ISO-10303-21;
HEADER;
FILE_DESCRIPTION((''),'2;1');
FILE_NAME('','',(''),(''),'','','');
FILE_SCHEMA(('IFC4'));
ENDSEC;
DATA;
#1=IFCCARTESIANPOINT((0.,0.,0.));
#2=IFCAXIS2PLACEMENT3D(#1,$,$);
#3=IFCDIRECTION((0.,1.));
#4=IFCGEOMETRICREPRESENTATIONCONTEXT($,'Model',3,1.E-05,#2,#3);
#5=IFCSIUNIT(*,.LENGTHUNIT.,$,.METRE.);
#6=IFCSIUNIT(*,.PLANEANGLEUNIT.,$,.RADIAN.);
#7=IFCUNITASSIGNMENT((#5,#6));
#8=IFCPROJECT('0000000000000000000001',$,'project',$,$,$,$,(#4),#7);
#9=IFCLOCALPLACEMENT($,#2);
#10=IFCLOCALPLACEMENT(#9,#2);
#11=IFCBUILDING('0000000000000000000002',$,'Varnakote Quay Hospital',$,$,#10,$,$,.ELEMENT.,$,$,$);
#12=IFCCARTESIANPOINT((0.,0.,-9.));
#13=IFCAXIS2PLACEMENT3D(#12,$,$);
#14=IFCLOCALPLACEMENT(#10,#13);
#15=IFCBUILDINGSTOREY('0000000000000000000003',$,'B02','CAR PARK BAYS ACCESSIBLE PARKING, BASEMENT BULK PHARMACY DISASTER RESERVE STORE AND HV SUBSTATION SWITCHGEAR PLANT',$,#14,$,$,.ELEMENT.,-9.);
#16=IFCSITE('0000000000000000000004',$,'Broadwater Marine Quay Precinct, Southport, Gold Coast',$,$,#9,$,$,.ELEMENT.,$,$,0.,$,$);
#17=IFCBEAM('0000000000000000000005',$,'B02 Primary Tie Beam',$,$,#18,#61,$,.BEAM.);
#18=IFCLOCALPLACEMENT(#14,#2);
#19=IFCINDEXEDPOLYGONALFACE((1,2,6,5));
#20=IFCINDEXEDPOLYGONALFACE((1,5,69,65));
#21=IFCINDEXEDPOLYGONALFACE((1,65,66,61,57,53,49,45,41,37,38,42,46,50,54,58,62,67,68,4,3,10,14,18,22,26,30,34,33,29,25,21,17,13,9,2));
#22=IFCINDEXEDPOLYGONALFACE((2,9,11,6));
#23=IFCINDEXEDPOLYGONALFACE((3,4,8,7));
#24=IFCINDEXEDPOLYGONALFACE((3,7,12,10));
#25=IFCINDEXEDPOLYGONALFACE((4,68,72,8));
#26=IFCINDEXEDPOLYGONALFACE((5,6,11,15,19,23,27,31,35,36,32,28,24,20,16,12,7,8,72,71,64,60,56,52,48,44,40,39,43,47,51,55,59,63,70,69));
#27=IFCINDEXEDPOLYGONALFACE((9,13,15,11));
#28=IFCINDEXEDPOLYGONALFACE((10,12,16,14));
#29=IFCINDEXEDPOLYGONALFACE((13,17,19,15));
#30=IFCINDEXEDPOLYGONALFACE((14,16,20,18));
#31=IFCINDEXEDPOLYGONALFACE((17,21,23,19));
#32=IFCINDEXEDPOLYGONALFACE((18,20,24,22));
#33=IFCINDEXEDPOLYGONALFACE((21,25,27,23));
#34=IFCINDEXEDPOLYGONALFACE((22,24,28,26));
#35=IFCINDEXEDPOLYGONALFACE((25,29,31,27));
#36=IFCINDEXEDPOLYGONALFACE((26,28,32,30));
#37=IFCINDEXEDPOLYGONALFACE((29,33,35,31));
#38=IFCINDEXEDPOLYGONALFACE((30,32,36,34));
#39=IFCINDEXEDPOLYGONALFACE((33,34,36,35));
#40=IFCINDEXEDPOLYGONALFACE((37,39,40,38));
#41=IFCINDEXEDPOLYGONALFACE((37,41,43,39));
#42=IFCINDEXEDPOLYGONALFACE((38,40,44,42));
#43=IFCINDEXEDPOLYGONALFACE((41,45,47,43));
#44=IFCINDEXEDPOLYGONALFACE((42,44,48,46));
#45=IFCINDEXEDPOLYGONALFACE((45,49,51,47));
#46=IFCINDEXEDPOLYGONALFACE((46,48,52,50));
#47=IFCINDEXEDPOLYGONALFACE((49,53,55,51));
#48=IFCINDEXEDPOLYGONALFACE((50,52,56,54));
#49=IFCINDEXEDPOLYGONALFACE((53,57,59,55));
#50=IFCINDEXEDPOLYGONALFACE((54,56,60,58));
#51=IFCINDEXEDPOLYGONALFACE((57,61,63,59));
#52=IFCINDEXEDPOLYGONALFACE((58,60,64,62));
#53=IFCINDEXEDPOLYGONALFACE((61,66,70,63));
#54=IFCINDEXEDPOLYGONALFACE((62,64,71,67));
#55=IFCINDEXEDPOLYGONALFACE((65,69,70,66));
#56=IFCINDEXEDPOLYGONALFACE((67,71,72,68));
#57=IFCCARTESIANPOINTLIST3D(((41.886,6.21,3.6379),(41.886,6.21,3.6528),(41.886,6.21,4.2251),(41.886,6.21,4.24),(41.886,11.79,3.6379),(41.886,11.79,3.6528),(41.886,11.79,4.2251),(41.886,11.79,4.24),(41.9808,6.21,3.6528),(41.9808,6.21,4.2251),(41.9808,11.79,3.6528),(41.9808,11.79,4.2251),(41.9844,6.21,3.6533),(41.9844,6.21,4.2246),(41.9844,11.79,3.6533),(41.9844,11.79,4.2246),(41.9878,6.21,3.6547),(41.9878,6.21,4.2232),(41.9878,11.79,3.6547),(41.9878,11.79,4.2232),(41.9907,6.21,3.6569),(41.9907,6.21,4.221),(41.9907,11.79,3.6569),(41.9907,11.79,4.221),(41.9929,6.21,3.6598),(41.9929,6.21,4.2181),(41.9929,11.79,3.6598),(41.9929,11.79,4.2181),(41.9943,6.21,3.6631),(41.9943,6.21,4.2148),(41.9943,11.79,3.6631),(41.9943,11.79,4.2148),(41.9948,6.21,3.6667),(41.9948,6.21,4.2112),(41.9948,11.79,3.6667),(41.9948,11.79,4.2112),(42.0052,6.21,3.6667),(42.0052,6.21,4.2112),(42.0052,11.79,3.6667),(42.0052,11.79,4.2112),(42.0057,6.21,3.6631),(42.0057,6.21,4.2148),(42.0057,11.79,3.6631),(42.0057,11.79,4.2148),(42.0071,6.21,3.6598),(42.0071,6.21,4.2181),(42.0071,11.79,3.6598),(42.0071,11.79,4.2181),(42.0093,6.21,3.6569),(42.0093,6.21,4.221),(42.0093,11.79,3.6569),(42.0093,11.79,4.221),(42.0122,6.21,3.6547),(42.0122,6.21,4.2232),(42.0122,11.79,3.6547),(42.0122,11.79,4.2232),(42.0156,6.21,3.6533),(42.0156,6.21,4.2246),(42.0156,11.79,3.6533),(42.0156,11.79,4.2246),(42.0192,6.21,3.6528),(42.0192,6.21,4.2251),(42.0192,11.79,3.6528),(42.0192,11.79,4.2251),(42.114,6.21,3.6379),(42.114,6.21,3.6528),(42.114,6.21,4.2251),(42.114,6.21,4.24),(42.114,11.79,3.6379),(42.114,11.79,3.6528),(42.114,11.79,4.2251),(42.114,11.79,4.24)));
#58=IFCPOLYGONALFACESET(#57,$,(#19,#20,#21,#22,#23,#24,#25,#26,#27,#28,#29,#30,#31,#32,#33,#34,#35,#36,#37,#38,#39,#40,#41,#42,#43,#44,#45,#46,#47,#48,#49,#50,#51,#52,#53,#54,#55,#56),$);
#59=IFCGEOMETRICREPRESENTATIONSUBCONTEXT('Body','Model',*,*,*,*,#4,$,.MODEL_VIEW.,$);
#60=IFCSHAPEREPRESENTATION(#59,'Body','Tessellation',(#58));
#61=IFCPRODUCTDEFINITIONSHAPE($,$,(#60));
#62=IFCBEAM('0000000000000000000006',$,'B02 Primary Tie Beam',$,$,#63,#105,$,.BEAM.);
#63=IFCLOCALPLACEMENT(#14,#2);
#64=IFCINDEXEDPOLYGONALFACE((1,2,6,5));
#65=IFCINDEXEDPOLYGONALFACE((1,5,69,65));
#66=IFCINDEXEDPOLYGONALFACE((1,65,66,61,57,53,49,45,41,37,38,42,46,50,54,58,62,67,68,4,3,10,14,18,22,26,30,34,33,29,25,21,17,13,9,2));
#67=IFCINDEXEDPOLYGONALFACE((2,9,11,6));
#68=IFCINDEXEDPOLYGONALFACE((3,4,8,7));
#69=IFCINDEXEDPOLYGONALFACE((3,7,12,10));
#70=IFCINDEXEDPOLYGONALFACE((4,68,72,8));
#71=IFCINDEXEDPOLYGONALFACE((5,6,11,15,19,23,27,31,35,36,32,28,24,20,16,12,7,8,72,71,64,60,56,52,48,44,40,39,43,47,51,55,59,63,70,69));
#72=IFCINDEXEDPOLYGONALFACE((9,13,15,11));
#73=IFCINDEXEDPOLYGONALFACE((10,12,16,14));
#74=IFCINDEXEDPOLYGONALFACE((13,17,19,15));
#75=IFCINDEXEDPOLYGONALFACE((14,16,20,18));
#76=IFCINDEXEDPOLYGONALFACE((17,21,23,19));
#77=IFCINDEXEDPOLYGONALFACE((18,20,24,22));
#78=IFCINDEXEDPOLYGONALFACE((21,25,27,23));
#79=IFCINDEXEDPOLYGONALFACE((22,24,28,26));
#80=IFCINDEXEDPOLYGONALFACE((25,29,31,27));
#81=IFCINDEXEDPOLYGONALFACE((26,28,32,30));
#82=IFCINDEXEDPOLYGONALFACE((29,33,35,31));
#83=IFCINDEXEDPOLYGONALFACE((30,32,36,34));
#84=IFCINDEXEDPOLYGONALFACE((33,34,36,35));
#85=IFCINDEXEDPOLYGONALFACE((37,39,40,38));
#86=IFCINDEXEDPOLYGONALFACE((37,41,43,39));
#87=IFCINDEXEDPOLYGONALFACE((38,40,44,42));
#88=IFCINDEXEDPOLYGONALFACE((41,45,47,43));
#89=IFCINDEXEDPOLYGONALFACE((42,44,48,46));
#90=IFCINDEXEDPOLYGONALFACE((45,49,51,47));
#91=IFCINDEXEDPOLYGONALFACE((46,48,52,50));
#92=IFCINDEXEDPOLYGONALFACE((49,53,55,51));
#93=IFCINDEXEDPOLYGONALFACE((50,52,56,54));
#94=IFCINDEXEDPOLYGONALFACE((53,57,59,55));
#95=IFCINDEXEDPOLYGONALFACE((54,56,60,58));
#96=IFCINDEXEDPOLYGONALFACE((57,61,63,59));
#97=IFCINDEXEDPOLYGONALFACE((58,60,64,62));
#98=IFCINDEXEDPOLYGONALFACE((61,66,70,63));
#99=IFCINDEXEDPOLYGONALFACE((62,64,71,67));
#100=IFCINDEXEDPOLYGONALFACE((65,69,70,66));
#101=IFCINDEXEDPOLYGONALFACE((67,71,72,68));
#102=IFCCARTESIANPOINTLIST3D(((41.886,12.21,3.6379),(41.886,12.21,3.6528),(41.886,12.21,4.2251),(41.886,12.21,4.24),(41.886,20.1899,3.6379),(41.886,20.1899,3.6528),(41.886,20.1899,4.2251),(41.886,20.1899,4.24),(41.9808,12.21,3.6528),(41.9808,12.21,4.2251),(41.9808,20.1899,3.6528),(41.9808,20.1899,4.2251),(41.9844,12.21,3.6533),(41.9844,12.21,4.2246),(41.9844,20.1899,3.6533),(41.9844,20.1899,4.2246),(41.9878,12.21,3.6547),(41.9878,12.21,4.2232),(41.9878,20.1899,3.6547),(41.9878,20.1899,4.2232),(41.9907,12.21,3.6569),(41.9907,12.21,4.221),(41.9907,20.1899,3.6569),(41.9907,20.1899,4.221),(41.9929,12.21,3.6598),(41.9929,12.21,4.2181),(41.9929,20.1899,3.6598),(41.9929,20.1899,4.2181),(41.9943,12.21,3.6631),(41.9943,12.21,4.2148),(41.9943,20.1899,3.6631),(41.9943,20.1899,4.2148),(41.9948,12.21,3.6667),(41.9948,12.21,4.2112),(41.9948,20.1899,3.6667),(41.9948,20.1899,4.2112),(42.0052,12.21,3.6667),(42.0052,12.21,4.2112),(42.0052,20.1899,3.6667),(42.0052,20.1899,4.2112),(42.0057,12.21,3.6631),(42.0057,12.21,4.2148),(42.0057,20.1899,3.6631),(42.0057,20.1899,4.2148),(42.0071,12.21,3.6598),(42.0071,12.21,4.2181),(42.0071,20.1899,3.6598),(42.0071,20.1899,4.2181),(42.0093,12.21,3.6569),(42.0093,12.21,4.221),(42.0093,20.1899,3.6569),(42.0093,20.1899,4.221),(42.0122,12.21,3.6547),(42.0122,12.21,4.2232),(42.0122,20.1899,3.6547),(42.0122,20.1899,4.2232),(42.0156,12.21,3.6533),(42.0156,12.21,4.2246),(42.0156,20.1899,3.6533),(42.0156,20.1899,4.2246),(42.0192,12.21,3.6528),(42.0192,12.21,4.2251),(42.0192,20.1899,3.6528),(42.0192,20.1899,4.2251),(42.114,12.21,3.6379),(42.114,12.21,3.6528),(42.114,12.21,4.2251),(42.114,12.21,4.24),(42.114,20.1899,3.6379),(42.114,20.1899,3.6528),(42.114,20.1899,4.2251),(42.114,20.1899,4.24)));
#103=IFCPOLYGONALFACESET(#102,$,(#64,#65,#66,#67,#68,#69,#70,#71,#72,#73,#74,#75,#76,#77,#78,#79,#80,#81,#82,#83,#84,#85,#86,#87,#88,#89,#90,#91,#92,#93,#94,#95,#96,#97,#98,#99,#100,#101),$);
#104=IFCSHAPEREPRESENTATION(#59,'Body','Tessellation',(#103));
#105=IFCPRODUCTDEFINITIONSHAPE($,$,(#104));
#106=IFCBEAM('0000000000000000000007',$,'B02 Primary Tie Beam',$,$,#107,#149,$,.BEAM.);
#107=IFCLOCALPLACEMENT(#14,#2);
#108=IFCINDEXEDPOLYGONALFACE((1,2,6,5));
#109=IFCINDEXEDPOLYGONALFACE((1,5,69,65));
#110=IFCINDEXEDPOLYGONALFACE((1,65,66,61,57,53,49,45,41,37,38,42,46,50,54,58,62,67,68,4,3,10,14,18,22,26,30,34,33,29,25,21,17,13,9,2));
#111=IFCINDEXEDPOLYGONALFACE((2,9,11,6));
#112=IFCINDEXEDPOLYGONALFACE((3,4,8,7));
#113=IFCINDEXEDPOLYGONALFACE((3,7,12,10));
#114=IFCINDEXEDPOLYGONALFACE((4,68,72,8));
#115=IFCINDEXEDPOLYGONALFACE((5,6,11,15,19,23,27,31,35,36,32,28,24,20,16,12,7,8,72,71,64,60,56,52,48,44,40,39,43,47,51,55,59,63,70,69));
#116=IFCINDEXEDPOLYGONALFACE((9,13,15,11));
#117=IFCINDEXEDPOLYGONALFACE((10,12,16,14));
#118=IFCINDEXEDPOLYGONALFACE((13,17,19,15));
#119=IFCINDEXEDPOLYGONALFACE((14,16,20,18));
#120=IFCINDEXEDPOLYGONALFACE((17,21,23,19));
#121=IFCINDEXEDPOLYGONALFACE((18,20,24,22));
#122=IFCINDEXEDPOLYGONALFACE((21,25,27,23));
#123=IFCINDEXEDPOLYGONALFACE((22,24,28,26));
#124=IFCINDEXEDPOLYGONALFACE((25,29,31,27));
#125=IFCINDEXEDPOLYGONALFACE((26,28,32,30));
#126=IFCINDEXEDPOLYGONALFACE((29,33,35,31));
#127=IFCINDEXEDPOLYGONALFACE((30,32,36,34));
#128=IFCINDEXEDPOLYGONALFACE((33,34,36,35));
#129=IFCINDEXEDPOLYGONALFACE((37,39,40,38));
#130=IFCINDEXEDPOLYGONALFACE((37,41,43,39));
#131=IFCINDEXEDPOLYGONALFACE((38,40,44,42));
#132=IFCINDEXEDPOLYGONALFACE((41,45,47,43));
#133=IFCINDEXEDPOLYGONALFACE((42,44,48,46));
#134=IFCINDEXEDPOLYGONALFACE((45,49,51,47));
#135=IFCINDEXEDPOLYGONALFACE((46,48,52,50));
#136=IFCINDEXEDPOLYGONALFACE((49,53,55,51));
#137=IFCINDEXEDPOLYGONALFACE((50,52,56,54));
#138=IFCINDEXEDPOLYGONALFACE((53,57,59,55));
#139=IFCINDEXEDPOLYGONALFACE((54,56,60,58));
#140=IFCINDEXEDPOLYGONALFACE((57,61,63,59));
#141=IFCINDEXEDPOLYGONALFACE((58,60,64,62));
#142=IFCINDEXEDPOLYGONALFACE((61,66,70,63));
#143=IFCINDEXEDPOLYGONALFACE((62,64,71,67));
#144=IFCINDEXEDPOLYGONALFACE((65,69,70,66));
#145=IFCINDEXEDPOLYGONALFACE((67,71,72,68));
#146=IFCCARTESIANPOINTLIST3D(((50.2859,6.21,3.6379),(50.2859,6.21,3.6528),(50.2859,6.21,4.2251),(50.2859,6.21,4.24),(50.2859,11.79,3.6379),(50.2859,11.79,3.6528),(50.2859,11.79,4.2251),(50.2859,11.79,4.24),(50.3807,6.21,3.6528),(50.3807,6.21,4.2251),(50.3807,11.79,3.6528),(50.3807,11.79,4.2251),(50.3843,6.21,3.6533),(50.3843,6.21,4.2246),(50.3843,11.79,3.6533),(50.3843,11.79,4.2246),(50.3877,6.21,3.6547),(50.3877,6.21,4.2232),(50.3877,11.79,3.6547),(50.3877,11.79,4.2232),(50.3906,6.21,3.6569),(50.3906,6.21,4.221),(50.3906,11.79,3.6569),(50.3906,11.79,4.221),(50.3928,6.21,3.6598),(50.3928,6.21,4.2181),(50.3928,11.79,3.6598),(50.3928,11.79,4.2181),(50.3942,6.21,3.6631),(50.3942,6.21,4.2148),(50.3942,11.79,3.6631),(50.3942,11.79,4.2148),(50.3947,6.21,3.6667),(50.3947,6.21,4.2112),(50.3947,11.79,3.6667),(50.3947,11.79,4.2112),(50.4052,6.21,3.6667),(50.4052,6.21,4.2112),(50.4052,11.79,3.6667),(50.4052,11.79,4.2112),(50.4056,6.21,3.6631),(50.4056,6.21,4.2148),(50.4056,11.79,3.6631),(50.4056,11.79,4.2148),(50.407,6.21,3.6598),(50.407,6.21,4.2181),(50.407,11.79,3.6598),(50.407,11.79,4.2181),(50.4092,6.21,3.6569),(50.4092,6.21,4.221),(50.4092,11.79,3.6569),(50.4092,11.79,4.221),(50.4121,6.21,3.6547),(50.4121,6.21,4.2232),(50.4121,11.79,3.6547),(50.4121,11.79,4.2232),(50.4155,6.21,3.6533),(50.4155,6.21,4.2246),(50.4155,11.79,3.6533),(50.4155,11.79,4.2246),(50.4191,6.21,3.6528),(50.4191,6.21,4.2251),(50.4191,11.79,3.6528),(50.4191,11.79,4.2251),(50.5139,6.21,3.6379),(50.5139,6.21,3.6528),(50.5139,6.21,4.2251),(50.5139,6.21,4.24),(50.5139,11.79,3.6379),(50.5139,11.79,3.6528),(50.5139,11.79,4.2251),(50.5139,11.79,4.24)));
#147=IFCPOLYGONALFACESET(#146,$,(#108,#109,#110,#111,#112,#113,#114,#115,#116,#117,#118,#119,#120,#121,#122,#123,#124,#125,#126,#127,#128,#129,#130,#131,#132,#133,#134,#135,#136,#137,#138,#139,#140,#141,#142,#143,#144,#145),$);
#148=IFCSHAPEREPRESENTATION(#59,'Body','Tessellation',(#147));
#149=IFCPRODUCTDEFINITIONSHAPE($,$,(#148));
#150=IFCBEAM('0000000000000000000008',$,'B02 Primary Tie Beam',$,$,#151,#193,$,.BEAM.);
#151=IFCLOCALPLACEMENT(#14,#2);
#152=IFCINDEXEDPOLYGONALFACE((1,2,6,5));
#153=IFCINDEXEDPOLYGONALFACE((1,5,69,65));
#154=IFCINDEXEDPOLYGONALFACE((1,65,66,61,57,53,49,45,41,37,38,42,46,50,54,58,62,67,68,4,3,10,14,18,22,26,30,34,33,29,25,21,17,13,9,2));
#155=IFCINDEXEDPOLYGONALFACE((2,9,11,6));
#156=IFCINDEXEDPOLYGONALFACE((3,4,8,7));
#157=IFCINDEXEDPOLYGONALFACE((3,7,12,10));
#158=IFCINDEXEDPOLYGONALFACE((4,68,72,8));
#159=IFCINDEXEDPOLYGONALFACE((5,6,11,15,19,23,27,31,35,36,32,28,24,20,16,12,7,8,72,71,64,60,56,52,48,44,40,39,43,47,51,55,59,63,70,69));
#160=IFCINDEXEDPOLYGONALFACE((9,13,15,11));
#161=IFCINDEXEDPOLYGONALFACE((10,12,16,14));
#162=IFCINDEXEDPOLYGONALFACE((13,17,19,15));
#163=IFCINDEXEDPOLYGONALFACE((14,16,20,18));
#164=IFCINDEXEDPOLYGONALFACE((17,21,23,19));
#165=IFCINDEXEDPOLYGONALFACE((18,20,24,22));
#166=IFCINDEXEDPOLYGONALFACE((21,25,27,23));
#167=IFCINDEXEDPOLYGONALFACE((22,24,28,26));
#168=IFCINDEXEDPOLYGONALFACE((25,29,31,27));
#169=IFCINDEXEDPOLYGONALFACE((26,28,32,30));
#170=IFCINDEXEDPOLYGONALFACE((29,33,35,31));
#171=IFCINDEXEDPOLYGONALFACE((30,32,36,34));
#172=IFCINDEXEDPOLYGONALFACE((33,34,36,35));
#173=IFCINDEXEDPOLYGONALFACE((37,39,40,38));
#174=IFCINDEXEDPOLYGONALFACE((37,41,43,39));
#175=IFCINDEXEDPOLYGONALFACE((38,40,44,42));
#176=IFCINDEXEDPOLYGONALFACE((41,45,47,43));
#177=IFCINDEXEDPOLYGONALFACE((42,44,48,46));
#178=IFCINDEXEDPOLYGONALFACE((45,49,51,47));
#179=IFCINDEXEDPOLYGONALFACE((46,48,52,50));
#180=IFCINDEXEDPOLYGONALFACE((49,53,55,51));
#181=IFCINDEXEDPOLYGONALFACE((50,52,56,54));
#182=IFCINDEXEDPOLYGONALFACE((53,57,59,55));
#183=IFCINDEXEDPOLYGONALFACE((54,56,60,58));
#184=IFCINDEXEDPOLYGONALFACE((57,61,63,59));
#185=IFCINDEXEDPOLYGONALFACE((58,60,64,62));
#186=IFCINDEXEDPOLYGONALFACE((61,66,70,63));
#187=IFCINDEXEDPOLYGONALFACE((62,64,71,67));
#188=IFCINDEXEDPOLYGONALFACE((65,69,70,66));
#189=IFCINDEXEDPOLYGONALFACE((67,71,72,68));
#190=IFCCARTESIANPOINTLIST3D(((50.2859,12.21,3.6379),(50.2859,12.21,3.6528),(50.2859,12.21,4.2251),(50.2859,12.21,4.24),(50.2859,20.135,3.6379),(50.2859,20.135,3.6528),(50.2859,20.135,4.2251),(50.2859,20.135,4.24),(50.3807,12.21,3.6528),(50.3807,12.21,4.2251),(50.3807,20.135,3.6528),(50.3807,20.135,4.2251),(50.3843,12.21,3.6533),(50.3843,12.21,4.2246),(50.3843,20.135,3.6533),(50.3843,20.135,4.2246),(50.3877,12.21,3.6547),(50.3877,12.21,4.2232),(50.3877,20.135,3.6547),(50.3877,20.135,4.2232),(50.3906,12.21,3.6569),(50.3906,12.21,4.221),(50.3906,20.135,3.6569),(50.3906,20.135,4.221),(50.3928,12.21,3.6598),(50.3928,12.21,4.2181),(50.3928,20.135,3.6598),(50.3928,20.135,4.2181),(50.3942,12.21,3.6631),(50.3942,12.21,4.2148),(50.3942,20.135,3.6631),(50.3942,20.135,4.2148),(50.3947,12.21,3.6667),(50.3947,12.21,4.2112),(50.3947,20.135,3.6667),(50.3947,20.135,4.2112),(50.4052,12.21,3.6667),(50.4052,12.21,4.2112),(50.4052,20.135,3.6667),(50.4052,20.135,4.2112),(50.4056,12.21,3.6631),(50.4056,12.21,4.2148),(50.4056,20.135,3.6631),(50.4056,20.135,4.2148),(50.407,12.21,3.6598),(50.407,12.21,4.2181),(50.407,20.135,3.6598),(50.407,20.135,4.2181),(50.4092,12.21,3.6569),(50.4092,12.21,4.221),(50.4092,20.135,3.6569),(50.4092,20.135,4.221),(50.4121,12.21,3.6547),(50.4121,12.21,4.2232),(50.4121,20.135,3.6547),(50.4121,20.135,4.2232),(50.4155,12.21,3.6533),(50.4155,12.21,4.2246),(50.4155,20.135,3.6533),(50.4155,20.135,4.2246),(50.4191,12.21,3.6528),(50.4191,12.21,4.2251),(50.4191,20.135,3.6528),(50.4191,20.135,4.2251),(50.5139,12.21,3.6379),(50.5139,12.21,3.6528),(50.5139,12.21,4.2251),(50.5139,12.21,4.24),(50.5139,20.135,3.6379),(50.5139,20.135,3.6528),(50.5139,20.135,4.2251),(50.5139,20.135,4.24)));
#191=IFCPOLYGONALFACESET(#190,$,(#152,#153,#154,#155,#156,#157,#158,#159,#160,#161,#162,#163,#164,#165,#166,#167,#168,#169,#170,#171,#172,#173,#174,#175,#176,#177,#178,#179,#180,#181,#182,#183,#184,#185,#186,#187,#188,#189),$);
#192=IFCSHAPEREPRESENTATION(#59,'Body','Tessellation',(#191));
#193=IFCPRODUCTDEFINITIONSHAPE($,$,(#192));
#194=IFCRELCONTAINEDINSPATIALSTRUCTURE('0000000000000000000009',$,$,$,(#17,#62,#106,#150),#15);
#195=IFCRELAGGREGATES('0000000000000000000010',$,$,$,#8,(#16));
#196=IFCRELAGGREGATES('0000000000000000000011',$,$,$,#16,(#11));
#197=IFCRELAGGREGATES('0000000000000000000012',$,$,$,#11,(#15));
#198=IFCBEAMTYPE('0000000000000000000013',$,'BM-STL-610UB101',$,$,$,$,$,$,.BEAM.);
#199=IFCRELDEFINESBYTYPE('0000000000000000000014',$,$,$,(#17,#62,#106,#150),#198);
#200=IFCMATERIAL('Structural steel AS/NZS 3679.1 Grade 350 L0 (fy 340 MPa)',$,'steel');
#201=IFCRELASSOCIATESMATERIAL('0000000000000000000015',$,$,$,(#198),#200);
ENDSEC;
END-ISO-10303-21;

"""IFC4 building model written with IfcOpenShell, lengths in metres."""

from ifc_helpers import new_model, si_unit, direction, frame, origin, origin_2d, place, context, subcontext, project, spatial, i_section, extrude, material, material_profile, profile_set, type_object, element, save


model = new_model("IFC4")

# Units and contexts
model_context = context("Model", 3, precision=1e-05, world=origin(), true_north=direction((0.0, 1.0)))
body_context = subcontext(model_context, "Body", "Model", "MODEL_VIEW")
ifc_project = project(units=[si_unit("LENGTHUNIT", "METRE"), si_unit("PLANEANGLEUNIT", "RADIAN")], contexts=[model_context])

# Site, building, storey
site_placement = place(None, origin())
site = spatial("IfcSite", under=ifc_project, at=site_placement, Name="Broadwater Marine Quay Precinct, Southport, Gold Coast", CompositionType="ELEMENT", RefElevation=0.0)
building_placement = place(site_placement, origin())
building = spatial("IfcBuilding", under=site, at=building_placement, Name="Varnakote Quay Hospital", CompositionType="ELEMENT")
storey_placement = place(building_placement, frame((0.0, 0.0, -9.0)))
storey = spatial("IfcBuildingStorey", under=building, at=storey_placement, Name="B02", Description="CAR PARK BAYS ACCESSIBLE PARKING, BASEMENT BULK PHARMACY DISASTER RESERVE STORE AND HV SUBSTATION SWITCHGEAR PLANT", CompositionType="ELEMENT", Elevation=-9.0)

# Beams
ifc_material_1 = material(Name="Structural steel AS/NZS 3679.1 Grade 350 L0 (fy 340 MPa)", Category="steel")
ifc_material_profile_1 = material_profile(ifc_material_1, i_section(OverallWidth=0.228, OverallDepth=0.6021, WebThickness=0.0105, FlangeThickness=0.0149, FilletRadius=0.0139, at=origin_2d()), Name="610UB101")
ifc_profile_set_1 = profile_set([ifc_material_profile_1], Name="Structural steel AS/NZS 3679.1 Grade 350 L0 (fy 340 MPa)")
beam_type_1 = type_object("IfcBeamType", Name="BM-STL-610UB101", PredefinedType="BEAM", material=ifc_profile_set_1)
beam_1_placement = place(storey_placement, frame((42.0, 6.21, 3.939), z_axis=(0.0, 1.0, 0.0), x_axis=(-1.0, 0.0, 0.0)))
element("IfcBeam", 1, at=beam_1_placement, inside=storey, type_object=beam_type_1, Name="B02 Primary Tie Beam", PredefinedType="BEAM", context=body_context, shape_type="SweptSolid", body=[
    extrude(i_section(OverallWidth=0.228, OverallDepth=0.6021, WebThickness=0.0105, FlangeThickness=0.0149, FilletRadius=0.0139, at=origin_2d()), origin(), (0.0, 0.0, 1.0), 5.5801),
])
beam_2_placement = place(storey_placement, frame((42.0, 12.21, 3.939), z_axis=(0.0, 1.0, 0.0), x_axis=(-1.0, 0.0, 0.0)))
element("IfcBeam", 2, at=beam_2_placement, inside=storey, type_object=beam_type_1, Name="B02 Primary Tie Beam", PredefinedType="BEAM", context=body_context, shape_type="SweptSolid", body=[
    extrude(i_section(OverallWidth=0.228, OverallDepth=0.6021, WebThickness=0.0105, FlangeThickness=0.0149, FilletRadius=0.0139, at=origin_2d()), origin(), (0.0, 0.0, 1.0), 7.98),
])
beam_3_placement = place(storey_placement, frame((50.3999, 6.21, 3.939), z_axis=(0.0, 1.0, 0.0), x_axis=(-1.0, 0.0, 0.0)))
element("IfcBeam", 3, at=beam_3_placement, inside=storey, type_object=beam_type_1, Name="B02 Primary Tie Beam", PredefinedType="BEAM", context=body_context, shape_type="SweptSolid", body=[
    extrude(i_section(OverallWidth=0.228, OverallDepth=0.6021, WebThickness=0.0105, FlangeThickness=0.0149, FilletRadius=0.0139, at=origin_2d()), origin(), (0.0, 0.0, 1.0), 5.5801),
])
beam_4_placement = place(storey_placement, frame((50.3999, 12.21, 3.939), z_axis=(0.0, 1.0, 0.0), x_axis=(-1.0, 0.0, 0.0)))
element("IfcBeam", 4, at=beam_4_placement, inside=storey, type_object=beam_type_1, Name="B02 Primary Tie Beam", PredefinedType="BEAM", context=body_context, shape_type="SweptSolid", body=[
    extrude(i_section(OverallWidth=0.228, OverallDepth=0.6021, WebThickness=0.0105, FlangeThickness=0.0149, FilletRadius=0.0139, at=origin_2d()), origin(), (0.0, 0.0, 1.0), 7.925),
])

save(model, "model.ifc")
